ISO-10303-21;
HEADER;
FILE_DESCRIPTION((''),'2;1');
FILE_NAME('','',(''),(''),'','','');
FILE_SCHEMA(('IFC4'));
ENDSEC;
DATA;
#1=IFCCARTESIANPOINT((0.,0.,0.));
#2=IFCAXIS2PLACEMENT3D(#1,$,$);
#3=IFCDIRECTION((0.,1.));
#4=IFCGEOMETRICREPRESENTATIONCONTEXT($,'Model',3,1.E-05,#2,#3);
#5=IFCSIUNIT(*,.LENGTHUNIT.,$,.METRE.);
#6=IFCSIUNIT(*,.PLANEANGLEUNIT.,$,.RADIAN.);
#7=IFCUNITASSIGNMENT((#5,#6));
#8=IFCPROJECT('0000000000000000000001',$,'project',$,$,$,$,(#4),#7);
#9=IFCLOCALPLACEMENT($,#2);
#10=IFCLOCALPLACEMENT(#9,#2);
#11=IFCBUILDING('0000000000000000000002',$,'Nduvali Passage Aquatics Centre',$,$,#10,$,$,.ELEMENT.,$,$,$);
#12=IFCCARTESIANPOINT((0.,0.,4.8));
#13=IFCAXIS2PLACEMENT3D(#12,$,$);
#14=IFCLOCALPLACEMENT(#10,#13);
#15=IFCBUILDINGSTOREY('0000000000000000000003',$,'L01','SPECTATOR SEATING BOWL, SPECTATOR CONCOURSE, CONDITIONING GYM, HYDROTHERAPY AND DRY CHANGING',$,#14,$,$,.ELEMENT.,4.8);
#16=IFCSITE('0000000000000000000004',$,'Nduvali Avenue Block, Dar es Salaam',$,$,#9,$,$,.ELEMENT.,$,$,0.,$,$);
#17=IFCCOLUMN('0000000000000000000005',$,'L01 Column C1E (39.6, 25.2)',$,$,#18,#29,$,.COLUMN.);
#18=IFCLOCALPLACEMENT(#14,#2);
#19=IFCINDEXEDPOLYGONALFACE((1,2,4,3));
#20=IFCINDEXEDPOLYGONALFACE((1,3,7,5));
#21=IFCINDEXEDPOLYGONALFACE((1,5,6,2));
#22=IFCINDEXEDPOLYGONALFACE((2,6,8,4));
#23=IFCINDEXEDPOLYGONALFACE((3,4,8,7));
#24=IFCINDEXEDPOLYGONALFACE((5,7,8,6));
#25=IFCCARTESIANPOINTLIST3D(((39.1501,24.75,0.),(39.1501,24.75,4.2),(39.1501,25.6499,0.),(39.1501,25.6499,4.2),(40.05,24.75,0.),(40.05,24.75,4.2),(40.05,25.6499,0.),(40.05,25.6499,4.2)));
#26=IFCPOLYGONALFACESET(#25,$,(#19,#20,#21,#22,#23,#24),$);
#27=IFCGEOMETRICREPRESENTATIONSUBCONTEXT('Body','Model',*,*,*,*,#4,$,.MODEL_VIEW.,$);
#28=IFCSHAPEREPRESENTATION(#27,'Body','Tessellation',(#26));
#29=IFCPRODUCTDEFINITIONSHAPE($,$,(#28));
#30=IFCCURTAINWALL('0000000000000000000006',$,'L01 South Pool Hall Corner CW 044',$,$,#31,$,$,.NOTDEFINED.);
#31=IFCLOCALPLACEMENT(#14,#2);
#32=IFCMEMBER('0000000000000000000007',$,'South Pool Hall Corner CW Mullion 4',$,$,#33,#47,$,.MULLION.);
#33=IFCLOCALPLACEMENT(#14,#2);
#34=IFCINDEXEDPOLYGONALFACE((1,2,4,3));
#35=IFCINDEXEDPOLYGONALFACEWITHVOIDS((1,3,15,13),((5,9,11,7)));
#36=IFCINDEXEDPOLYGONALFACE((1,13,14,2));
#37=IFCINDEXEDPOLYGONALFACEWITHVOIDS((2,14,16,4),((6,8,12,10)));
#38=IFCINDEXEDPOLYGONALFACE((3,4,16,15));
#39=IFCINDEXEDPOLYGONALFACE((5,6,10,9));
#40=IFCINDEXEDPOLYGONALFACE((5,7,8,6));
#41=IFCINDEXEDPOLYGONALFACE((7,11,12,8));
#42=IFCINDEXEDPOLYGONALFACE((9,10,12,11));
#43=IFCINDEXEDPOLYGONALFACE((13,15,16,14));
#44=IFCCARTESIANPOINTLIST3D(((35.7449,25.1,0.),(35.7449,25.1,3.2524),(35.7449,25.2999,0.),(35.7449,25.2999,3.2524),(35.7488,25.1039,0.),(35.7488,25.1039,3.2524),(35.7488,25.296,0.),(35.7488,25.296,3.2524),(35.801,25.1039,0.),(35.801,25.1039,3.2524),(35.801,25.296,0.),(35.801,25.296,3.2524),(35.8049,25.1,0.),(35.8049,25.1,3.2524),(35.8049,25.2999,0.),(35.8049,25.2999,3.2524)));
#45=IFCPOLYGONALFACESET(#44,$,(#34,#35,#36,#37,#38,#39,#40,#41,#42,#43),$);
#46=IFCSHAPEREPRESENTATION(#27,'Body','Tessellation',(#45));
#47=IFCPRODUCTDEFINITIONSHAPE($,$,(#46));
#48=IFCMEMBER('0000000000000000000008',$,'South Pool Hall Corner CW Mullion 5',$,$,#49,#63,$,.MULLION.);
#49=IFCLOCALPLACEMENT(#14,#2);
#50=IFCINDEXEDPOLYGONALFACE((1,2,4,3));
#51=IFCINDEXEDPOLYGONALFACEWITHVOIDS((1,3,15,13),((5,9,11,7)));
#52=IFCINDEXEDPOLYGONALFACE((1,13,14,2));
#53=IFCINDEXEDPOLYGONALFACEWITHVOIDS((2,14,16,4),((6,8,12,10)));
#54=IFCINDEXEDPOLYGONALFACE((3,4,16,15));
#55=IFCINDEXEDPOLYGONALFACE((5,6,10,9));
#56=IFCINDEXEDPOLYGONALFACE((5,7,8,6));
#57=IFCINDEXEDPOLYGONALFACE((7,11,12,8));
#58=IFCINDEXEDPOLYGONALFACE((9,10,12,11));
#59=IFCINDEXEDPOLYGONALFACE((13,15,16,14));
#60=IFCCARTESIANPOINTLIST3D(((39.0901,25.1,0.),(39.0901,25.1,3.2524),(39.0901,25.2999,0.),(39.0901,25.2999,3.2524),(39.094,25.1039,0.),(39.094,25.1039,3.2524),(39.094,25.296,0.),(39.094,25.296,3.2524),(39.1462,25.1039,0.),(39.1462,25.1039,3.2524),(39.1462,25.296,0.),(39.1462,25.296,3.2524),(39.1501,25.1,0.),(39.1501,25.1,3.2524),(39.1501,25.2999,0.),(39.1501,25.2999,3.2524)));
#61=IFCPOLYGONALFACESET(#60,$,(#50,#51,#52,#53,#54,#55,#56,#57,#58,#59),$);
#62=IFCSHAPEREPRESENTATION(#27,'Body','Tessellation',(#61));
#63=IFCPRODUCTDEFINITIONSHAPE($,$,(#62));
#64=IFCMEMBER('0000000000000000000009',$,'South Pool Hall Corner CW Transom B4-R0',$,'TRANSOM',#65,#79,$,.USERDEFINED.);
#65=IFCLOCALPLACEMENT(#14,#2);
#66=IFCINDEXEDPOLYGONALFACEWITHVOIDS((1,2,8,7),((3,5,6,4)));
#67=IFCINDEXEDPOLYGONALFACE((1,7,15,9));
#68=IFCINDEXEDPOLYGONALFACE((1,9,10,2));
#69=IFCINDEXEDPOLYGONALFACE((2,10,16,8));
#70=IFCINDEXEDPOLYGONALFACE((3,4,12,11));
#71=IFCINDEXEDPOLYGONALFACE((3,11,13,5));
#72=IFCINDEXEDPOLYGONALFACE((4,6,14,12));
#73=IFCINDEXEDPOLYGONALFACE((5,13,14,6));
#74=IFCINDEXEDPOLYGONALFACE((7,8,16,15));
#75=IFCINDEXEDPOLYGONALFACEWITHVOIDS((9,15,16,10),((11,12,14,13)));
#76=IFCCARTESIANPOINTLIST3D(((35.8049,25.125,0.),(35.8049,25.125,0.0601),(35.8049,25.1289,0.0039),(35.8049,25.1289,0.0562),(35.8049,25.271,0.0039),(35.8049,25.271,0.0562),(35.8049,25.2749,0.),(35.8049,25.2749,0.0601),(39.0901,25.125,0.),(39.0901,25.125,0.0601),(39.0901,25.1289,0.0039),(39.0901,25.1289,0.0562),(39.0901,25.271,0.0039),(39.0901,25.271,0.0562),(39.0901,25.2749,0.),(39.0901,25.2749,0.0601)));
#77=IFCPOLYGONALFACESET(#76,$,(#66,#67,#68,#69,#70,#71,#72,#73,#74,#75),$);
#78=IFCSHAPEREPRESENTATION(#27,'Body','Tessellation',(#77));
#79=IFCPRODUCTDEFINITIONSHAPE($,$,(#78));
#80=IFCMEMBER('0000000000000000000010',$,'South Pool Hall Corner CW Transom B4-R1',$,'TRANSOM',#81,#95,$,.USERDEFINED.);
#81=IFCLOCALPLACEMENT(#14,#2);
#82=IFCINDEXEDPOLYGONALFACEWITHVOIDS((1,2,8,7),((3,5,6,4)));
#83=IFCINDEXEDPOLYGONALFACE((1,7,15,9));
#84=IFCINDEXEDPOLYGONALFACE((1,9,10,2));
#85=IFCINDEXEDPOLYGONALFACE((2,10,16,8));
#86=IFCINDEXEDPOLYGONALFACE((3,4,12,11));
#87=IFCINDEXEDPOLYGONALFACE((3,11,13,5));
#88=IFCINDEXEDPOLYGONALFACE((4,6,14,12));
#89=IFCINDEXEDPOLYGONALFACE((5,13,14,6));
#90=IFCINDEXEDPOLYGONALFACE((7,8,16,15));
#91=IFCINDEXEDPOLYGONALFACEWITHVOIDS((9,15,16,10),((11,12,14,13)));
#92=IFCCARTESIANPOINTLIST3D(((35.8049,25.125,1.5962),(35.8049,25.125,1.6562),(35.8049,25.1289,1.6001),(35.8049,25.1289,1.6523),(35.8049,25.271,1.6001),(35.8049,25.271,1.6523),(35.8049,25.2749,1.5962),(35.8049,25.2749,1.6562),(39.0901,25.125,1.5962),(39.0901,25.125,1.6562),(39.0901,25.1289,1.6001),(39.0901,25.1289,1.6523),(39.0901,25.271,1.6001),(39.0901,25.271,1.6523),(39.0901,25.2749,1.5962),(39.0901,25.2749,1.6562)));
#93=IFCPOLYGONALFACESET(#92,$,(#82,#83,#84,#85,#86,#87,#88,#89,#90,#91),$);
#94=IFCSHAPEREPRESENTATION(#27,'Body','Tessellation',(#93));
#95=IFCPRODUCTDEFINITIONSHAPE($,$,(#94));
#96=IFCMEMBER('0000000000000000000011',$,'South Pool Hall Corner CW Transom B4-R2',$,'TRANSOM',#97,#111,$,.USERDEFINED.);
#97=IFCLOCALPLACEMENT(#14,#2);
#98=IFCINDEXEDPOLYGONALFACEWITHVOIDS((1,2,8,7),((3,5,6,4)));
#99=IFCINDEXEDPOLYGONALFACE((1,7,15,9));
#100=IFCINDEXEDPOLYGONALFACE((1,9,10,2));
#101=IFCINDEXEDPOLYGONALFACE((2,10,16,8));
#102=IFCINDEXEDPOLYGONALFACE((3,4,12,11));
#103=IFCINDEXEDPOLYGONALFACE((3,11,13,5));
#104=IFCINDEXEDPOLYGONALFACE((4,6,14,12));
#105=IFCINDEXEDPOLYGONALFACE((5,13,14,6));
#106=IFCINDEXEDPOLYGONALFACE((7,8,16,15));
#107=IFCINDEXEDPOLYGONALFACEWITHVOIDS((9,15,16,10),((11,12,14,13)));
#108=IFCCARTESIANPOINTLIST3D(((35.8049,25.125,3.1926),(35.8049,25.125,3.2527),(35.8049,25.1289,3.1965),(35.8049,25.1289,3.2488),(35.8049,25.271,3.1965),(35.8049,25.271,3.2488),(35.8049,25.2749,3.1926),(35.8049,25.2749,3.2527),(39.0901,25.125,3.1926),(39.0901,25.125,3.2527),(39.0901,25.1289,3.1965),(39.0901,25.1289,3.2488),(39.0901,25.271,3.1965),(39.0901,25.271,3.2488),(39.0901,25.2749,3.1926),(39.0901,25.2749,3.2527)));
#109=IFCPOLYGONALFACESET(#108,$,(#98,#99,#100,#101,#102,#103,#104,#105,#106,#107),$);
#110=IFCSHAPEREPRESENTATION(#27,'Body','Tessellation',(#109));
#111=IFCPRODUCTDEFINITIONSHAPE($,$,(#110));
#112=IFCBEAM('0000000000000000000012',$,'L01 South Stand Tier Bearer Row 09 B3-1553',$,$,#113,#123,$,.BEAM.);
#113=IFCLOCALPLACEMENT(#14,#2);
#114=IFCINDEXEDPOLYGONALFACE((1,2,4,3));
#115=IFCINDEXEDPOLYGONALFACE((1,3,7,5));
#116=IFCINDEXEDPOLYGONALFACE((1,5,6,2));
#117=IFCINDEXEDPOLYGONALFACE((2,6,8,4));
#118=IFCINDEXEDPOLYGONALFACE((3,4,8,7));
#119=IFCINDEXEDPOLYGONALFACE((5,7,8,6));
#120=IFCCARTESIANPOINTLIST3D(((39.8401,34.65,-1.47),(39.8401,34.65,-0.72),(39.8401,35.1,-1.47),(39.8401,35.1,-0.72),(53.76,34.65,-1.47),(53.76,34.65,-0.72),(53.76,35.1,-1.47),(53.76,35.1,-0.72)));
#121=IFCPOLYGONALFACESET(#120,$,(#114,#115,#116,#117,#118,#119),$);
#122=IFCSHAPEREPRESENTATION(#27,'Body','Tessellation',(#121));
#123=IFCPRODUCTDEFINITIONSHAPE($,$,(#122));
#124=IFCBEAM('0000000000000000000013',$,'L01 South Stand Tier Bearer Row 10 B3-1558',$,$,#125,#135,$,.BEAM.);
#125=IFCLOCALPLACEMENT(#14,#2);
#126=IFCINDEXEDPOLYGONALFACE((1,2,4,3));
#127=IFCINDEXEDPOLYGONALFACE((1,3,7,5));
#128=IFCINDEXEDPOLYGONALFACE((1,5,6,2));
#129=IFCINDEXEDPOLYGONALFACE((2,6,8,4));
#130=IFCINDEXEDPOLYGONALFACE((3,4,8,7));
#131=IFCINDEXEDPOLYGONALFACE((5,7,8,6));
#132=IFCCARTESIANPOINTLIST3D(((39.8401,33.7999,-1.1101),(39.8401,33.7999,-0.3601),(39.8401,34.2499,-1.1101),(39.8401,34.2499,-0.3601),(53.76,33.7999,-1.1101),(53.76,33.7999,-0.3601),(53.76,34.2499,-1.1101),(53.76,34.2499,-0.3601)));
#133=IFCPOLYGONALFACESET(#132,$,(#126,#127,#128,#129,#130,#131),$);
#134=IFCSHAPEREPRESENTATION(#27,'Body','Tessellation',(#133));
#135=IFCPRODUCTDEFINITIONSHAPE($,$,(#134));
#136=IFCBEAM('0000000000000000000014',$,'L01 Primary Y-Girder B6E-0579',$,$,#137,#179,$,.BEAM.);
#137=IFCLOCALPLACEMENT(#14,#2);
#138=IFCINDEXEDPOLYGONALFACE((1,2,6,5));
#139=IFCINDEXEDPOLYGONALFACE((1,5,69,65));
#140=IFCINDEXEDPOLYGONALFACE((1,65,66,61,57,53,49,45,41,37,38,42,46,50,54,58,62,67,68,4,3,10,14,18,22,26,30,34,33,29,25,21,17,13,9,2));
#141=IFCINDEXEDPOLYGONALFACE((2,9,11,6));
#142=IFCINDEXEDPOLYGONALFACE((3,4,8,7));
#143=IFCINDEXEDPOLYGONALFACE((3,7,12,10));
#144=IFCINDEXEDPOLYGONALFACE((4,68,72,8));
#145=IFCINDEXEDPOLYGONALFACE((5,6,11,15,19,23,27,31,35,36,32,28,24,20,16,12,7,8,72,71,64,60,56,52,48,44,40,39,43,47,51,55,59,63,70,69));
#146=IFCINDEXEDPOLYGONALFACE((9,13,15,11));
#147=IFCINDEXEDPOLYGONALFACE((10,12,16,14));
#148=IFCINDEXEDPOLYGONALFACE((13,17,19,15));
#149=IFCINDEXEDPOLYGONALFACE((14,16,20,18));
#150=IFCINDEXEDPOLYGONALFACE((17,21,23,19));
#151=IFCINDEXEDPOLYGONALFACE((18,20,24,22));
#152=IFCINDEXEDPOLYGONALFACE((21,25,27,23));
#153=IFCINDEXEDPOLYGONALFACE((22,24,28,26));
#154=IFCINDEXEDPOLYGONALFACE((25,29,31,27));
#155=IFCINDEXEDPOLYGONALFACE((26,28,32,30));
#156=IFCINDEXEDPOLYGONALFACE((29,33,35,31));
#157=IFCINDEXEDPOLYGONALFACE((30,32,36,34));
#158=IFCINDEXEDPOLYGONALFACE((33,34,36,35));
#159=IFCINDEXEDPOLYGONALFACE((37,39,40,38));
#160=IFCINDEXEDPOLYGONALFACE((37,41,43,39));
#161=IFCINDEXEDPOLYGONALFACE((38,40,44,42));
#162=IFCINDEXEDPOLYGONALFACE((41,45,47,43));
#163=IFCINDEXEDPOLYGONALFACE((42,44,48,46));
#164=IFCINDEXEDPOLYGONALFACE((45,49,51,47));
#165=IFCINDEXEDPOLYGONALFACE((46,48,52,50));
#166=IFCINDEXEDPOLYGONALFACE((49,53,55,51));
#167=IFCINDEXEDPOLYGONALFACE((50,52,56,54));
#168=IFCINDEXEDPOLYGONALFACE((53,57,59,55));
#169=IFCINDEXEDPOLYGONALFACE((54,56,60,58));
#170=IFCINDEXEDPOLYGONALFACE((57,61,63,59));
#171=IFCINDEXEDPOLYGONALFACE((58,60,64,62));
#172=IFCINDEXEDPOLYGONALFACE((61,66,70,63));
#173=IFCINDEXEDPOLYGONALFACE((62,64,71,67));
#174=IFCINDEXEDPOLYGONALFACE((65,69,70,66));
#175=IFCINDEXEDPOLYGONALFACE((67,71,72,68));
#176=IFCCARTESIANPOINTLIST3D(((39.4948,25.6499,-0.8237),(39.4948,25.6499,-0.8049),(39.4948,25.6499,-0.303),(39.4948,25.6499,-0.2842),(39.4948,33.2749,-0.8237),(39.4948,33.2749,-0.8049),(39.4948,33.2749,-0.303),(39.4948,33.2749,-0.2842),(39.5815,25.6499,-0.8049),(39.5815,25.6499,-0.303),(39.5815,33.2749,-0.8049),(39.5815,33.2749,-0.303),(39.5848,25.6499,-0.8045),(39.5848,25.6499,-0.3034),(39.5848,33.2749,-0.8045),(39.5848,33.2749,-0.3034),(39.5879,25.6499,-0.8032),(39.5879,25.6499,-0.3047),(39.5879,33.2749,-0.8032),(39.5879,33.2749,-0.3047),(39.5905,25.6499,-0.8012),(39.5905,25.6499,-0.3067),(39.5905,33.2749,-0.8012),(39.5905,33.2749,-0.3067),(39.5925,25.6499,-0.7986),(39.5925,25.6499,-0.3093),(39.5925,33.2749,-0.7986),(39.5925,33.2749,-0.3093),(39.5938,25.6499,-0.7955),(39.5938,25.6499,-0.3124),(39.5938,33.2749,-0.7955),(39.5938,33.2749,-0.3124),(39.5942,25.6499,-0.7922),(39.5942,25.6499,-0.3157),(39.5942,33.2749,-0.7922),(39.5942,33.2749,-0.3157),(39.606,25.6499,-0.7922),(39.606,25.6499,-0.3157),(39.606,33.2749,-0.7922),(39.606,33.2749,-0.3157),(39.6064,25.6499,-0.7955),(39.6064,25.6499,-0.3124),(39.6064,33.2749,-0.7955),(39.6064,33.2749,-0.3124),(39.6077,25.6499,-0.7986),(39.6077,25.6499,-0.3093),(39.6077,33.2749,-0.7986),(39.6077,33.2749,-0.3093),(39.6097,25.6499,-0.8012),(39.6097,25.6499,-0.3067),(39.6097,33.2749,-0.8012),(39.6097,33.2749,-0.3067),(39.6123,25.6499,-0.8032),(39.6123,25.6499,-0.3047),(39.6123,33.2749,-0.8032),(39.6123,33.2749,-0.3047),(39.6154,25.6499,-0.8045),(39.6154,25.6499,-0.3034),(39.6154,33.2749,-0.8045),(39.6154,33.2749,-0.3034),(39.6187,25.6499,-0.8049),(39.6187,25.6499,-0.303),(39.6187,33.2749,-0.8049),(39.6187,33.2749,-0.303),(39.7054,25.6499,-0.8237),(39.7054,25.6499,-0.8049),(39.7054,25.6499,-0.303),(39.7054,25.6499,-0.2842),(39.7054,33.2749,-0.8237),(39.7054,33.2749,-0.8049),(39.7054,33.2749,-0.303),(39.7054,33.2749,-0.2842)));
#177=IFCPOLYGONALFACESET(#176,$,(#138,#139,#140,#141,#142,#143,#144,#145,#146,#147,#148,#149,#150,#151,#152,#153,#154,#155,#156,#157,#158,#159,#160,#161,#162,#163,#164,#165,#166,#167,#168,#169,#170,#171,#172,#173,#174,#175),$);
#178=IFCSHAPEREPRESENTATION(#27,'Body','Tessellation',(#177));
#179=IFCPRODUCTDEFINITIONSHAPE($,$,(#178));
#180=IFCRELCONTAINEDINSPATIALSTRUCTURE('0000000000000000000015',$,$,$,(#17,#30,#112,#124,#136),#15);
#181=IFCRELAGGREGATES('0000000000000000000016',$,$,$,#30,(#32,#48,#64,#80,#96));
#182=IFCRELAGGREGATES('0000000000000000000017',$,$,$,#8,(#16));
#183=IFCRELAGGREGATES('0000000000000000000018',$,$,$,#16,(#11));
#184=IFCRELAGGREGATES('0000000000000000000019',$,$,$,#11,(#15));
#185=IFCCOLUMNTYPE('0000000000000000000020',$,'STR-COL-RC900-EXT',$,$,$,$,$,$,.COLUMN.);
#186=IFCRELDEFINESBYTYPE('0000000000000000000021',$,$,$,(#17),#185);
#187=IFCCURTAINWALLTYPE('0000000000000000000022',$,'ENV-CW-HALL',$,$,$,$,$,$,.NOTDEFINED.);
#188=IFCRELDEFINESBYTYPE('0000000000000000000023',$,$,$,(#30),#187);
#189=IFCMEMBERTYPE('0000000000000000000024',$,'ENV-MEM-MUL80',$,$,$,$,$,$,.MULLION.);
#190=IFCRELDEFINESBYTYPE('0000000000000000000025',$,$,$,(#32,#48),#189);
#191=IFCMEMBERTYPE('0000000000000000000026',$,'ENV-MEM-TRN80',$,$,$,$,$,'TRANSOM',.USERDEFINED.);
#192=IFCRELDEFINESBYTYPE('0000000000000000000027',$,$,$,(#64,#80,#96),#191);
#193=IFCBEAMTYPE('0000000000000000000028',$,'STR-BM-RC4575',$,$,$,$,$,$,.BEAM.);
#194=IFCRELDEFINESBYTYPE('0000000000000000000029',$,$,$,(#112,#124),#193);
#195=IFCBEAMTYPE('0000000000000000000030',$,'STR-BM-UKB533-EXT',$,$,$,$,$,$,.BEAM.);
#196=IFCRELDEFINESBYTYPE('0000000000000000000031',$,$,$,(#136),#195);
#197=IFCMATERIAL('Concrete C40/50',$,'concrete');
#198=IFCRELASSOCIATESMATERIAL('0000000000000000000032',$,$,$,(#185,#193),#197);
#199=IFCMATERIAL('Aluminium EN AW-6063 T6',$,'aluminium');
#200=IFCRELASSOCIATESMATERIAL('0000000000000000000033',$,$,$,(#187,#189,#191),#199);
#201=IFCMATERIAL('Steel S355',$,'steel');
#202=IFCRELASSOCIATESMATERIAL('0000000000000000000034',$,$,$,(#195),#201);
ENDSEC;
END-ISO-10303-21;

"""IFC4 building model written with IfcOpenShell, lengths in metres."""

from ifc_helpers import new_model, si_unit, direction, frame, origin, origin_2d, place, context, subcontext, project, spatial, rectangle, hollow_rectangle, i_section, extrude, material, material_profile, profile_set, type_object, element, aggregate, save


model = new_model("IFC4")

# Units and contexts
model_context = context("Model", 3, precision=1e-05, world=origin(), true_north=direction((0.0, 1.0)))
body_context = subcontext(model_context, "Body", "Model", "MODEL_VIEW")
ifc_project = project(units=[si_unit("LENGTHUNIT", "METRE"), si_unit("PLANEANGLEUNIT", "RADIAN")], contexts=[model_context])

# Site, building, storey
site_placement = place(None, origin())
site = spatial("IfcSite", under=ifc_project, at=site_placement, Name="Nduvali Avenue Block, Dar es Salaam", CompositionType="ELEMENT", RefElevation=0.0)
building_placement = place(site_placement, origin())
building = spatial("IfcBuilding", under=site, at=building_placement, Name="Nduvali Passage Aquatics Centre", CompositionType="ELEMENT")
storey_placement = place(building_placement, frame((0.0, 0.0, 4.8)))
storey = spatial("IfcBuildingStorey", under=building, at=storey_placement, Name="L01", Description="SPECTATOR SEATING BOWL, SPECTATOR CONCOURSE, CONDITIONING GYM, HYDROTHERAPY AND DRY CHANGING", CompositionType="ELEMENT", Elevation=4.8)

# Column
ifc_material_1 = material(Name="Concrete C40/50", Category="concrete")
ifc_material_profile_1 = material_profile(ifc_material_1, rectangle(XDim=0.8999, YDim=0.8999, at=origin_2d()), Name="RC 900x900")
ifc_profile_set_1 = profile_set([ifc_material_profile_1], Name="Concrete C40/50")
column_type = type_object("IfcColumnType", Name="STR-COL-RC900-EXT", PredefinedType="COLUMN", material=ifc_profile_set_1)
column_placement = place(storey_placement, frame((39.6001, 25.2, 0.0), z_axis=(0.0, 0.0, 1.0), x_axis=(1.0, 0.0, 0.0)))
element("IfcColumn", 1, at=column_placement, inside=storey, type_object=column_type, Name="L01 Column C1E (39.6, 25.2)", PredefinedType="COLUMN", context=body_context, shape_type="SweptSolid", body=[
    extrude(rectangle(XDim=0.8999, YDim=0.8999, at=origin_2d()), origin(), (0.0, 0.0, 1.0), 4.2),
])

# Curtain wall, members
ifc_material_2 = material(Name="Aluminium EN AW-6063 T6", Category="aluminium")
curtain_wall_type = type_object("IfcCurtainWallType", Name="ENV-CW-HALL", PredefinedType="NOTDEFINED", material=ifc_material_2)
curtain_wall_placement = place(storey_placement, origin())
curtain_wall = element("IfcCurtainWall", 2, at=curtain_wall_placement, inside=storey, type_object=curtain_wall_type, Name="L01 South Pool Hall Corner CW 044", PredefinedType="NOTDEFINED")
ifc_material_profile_2 = material_profile(ifc_material_2, hollow_rectangle(XDim=0.0601, YDim=0.2, WallThickness=0.0039, at=origin_2d()), Name="ALU MULLION 60x200x4")
ifc_profile_set_2 = profile_set([ifc_material_profile_2], Name="Aluminium EN AW-6063 T6")
member_type_1 = type_object("IfcMemberType", Name="ENV-MEM-MUL80", PredefinedType="MULLION", material=ifc_profile_set_2)
member_1_placement = place(storey_placement, frame((35.7749, 25.2, 0.0), z_axis=(0.0, 0.0, 1.0), x_axis=(1.0, 0.0, 0.0)))
member_1 = element("IfcMember", 3, at=member_1_placement, type_object=member_type_1, Name="South Pool Hall Corner CW Mullion 4", PredefinedType="MULLION", context=body_context, shape_type="SweptSolid", body=[
    extrude(hollow_rectangle(XDim=0.0601, YDim=0.2, WallThickness=0.0039, at=origin_2d()), origin(), (0.0, 0.0, 1.0), 3.2524),
])
member_2_placement = place(storey_placement, frame((39.1201, 25.2, 0.0), z_axis=(0.0, 0.0, 1.0), x_axis=(1.0, 0.0, 0.0)))
member_2 = element("IfcMember", 4, at=member_2_placement, type_object=member_type_1, Name="South Pool Hall Corner CW Mullion 5", PredefinedType="MULLION", context=body_context, shape_type="SweptSolid", body=[
    extrude(hollow_rectangle(XDim=0.0601, YDim=0.2, WallThickness=0.0039, at=origin_2d()), origin(), (0.0, 0.0, 1.0), 3.2524),
])
ifc_material_profile_3 = material_profile(ifc_material_2, hollow_rectangle(XDim=0.1499, YDim=0.0601, WallThickness=0.0039, at=origin_2d()), Name="ALU TRANSOM 150x60x4")
ifc_profile_set_3 = profile_set([ifc_material_profile_3], Name="Aluminium EN AW-6063 T6")
member_type_2 = type_object("IfcMemberType", Name="ENV-MEM-TRN80", ElementType="TRANSOM", PredefinedType="USERDEFINED", material=ifc_profile_set_3)
member_3_placement = place(storey_placement, frame((35.8049, 25.2, 0.03), z_axis=(1.0, 0.0, 0.0), x_axis=(0.0, 1.0, 0.0)))
member_3 = element("IfcMember", 5, at=member_3_placement, type_object=member_type_2, Name="South Pool Hall Corner CW Transom B4-R0", ObjectType="TRANSOM", PredefinedType="USERDEFINED", context=body_context, shape_type="SweptSolid", body=[
    extrude(hollow_rectangle(XDim=0.1499, YDim=0.0601, WallThickness=0.0039, at=origin_2d()), origin(), (0.0, 0.0, 1.0), 3.2852),
])
member_4_placement = place(storey_placement, frame((35.8049, 25.2, 1.6262), z_axis=(1.0, 0.0, 0.0), x_axis=(0.0, 1.0, 0.0)))
member_4 = element("IfcMember", 6, at=member_4_placement, type_object=member_type_2, Name="South Pool Hall Corner CW Transom B4-R1", ObjectType="TRANSOM", PredefinedType="USERDEFINED", context=body_context, shape_type="SweptSolid", body=[
    extrude(hollow_rectangle(XDim=0.1499, YDim=0.0601, WallThickness=0.0039, at=origin_2d()), origin(), (0.0, 0.0, 1.0), 3.2852),
])
member_5_placement = place(storey_placement, frame((35.8049, 25.2, 3.2227), z_axis=(1.0, 0.0, 0.0), x_axis=(0.0, 1.0, 0.0)))
member_5 = element("IfcMember", 7, at=member_5_placement, type_object=member_type_2, Name="South Pool Hall Corner CW Transom B4-R2", ObjectType="TRANSOM", PredefinedType="USERDEFINED", context=body_context, shape_type="SweptSolid", body=[
    extrude(hollow_rectangle(XDim=0.1499, YDim=0.0601, WallThickness=0.0039, at=origin_2d()), origin(), (0.0, 0.0, 1.0), 3.2852),
])

# Beams
ifc_material_profile_4 = material_profile(ifc_material_1, rectangle(XDim=0.45, YDim=0.75, at=origin_2d()), Name="RC 450x750")
ifc_profile_set_4 = profile_set([ifc_material_profile_4], Name="Concrete C40/50")
beam_type_1 = type_object("IfcBeamType", Name="STR-BM-RC4575", PredefinedType="BEAM", material=ifc_profile_set_4)
for number, where, z_axis, x_axis, name in (
    (8, (39.8401, 34.875, -1.095), (1.0, 0.0, 0.0), (0.0, 1.0, 0.0), "L01 South Stand Tier Bearer Row 09 B3-1553"),
    (9, (39.8401, 34.0249, -0.7351), (1.0, 0.0, 0.0), (0.0, 1.0, 0.0), "L01 South Stand Tier Bearer Row 10 B3-1558"),
):
    element("IfcBeam", number, at=place(storey_placement, frame(where, z_axis=z_axis, x_axis=x_axis)), inside=storey, type_object=beam_type_1, Name=name, PredefinedType="BEAM", context=body_context, shape_type="SweptSolid", body=[
        extrude(rectangle(XDim=0.45, YDim=0.75, at=origin_2d()), origin(), (0.0, 0.0, 1.0), 13.9199),
    ])
ifc_material_3 = material(Name="Steel S355", Category="steel")
ifc_material_profile_5 = material_profile(ifc_material_3, i_section(OverallWidth=0.2107, OverallDepth=0.5396, WebThickness=0.0117, FlangeThickness=0.0188, FilletRadius=0.0127, at=origin_2d()), Name="UKB 533x210x109")
ifc_profile_set_5 = profile_set([ifc_material_profile_5], Name="Steel S355")
beam_type_2 = type_object("IfcBeamType", Name="STR-BM-UKB533-EXT", PredefinedType="BEAM", material=ifc_profile_set_5)
beam_1_placement = place(storey_placement, frame((39.6001, 25.6499, -0.554), z_axis=(0.0, 1.0, 0.0), x_axis=(-1.0, 0.0, 0.0)))
element("IfcBeam", 10, at=beam_1_placement, inside=storey, type_object=beam_type_2, Name="L01 Primary Y-Girder B6E-0579", PredefinedType="BEAM", context=body_context, shape_type="SweptSolid", body=[
    extrude(i_section(OverallWidth=0.2107, OverallDepth=0.5396, WebThickness=0.0117, FlangeThickness=0.0188, FilletRadius=0.0127, at=origin_2d()), origin(), (0.0, 0.0, 1.0), 7.625),
])

aggregate(curtain_wall, [member_1, member_2, member_3, member_4, member_5])

save(model, "model.ifc")
